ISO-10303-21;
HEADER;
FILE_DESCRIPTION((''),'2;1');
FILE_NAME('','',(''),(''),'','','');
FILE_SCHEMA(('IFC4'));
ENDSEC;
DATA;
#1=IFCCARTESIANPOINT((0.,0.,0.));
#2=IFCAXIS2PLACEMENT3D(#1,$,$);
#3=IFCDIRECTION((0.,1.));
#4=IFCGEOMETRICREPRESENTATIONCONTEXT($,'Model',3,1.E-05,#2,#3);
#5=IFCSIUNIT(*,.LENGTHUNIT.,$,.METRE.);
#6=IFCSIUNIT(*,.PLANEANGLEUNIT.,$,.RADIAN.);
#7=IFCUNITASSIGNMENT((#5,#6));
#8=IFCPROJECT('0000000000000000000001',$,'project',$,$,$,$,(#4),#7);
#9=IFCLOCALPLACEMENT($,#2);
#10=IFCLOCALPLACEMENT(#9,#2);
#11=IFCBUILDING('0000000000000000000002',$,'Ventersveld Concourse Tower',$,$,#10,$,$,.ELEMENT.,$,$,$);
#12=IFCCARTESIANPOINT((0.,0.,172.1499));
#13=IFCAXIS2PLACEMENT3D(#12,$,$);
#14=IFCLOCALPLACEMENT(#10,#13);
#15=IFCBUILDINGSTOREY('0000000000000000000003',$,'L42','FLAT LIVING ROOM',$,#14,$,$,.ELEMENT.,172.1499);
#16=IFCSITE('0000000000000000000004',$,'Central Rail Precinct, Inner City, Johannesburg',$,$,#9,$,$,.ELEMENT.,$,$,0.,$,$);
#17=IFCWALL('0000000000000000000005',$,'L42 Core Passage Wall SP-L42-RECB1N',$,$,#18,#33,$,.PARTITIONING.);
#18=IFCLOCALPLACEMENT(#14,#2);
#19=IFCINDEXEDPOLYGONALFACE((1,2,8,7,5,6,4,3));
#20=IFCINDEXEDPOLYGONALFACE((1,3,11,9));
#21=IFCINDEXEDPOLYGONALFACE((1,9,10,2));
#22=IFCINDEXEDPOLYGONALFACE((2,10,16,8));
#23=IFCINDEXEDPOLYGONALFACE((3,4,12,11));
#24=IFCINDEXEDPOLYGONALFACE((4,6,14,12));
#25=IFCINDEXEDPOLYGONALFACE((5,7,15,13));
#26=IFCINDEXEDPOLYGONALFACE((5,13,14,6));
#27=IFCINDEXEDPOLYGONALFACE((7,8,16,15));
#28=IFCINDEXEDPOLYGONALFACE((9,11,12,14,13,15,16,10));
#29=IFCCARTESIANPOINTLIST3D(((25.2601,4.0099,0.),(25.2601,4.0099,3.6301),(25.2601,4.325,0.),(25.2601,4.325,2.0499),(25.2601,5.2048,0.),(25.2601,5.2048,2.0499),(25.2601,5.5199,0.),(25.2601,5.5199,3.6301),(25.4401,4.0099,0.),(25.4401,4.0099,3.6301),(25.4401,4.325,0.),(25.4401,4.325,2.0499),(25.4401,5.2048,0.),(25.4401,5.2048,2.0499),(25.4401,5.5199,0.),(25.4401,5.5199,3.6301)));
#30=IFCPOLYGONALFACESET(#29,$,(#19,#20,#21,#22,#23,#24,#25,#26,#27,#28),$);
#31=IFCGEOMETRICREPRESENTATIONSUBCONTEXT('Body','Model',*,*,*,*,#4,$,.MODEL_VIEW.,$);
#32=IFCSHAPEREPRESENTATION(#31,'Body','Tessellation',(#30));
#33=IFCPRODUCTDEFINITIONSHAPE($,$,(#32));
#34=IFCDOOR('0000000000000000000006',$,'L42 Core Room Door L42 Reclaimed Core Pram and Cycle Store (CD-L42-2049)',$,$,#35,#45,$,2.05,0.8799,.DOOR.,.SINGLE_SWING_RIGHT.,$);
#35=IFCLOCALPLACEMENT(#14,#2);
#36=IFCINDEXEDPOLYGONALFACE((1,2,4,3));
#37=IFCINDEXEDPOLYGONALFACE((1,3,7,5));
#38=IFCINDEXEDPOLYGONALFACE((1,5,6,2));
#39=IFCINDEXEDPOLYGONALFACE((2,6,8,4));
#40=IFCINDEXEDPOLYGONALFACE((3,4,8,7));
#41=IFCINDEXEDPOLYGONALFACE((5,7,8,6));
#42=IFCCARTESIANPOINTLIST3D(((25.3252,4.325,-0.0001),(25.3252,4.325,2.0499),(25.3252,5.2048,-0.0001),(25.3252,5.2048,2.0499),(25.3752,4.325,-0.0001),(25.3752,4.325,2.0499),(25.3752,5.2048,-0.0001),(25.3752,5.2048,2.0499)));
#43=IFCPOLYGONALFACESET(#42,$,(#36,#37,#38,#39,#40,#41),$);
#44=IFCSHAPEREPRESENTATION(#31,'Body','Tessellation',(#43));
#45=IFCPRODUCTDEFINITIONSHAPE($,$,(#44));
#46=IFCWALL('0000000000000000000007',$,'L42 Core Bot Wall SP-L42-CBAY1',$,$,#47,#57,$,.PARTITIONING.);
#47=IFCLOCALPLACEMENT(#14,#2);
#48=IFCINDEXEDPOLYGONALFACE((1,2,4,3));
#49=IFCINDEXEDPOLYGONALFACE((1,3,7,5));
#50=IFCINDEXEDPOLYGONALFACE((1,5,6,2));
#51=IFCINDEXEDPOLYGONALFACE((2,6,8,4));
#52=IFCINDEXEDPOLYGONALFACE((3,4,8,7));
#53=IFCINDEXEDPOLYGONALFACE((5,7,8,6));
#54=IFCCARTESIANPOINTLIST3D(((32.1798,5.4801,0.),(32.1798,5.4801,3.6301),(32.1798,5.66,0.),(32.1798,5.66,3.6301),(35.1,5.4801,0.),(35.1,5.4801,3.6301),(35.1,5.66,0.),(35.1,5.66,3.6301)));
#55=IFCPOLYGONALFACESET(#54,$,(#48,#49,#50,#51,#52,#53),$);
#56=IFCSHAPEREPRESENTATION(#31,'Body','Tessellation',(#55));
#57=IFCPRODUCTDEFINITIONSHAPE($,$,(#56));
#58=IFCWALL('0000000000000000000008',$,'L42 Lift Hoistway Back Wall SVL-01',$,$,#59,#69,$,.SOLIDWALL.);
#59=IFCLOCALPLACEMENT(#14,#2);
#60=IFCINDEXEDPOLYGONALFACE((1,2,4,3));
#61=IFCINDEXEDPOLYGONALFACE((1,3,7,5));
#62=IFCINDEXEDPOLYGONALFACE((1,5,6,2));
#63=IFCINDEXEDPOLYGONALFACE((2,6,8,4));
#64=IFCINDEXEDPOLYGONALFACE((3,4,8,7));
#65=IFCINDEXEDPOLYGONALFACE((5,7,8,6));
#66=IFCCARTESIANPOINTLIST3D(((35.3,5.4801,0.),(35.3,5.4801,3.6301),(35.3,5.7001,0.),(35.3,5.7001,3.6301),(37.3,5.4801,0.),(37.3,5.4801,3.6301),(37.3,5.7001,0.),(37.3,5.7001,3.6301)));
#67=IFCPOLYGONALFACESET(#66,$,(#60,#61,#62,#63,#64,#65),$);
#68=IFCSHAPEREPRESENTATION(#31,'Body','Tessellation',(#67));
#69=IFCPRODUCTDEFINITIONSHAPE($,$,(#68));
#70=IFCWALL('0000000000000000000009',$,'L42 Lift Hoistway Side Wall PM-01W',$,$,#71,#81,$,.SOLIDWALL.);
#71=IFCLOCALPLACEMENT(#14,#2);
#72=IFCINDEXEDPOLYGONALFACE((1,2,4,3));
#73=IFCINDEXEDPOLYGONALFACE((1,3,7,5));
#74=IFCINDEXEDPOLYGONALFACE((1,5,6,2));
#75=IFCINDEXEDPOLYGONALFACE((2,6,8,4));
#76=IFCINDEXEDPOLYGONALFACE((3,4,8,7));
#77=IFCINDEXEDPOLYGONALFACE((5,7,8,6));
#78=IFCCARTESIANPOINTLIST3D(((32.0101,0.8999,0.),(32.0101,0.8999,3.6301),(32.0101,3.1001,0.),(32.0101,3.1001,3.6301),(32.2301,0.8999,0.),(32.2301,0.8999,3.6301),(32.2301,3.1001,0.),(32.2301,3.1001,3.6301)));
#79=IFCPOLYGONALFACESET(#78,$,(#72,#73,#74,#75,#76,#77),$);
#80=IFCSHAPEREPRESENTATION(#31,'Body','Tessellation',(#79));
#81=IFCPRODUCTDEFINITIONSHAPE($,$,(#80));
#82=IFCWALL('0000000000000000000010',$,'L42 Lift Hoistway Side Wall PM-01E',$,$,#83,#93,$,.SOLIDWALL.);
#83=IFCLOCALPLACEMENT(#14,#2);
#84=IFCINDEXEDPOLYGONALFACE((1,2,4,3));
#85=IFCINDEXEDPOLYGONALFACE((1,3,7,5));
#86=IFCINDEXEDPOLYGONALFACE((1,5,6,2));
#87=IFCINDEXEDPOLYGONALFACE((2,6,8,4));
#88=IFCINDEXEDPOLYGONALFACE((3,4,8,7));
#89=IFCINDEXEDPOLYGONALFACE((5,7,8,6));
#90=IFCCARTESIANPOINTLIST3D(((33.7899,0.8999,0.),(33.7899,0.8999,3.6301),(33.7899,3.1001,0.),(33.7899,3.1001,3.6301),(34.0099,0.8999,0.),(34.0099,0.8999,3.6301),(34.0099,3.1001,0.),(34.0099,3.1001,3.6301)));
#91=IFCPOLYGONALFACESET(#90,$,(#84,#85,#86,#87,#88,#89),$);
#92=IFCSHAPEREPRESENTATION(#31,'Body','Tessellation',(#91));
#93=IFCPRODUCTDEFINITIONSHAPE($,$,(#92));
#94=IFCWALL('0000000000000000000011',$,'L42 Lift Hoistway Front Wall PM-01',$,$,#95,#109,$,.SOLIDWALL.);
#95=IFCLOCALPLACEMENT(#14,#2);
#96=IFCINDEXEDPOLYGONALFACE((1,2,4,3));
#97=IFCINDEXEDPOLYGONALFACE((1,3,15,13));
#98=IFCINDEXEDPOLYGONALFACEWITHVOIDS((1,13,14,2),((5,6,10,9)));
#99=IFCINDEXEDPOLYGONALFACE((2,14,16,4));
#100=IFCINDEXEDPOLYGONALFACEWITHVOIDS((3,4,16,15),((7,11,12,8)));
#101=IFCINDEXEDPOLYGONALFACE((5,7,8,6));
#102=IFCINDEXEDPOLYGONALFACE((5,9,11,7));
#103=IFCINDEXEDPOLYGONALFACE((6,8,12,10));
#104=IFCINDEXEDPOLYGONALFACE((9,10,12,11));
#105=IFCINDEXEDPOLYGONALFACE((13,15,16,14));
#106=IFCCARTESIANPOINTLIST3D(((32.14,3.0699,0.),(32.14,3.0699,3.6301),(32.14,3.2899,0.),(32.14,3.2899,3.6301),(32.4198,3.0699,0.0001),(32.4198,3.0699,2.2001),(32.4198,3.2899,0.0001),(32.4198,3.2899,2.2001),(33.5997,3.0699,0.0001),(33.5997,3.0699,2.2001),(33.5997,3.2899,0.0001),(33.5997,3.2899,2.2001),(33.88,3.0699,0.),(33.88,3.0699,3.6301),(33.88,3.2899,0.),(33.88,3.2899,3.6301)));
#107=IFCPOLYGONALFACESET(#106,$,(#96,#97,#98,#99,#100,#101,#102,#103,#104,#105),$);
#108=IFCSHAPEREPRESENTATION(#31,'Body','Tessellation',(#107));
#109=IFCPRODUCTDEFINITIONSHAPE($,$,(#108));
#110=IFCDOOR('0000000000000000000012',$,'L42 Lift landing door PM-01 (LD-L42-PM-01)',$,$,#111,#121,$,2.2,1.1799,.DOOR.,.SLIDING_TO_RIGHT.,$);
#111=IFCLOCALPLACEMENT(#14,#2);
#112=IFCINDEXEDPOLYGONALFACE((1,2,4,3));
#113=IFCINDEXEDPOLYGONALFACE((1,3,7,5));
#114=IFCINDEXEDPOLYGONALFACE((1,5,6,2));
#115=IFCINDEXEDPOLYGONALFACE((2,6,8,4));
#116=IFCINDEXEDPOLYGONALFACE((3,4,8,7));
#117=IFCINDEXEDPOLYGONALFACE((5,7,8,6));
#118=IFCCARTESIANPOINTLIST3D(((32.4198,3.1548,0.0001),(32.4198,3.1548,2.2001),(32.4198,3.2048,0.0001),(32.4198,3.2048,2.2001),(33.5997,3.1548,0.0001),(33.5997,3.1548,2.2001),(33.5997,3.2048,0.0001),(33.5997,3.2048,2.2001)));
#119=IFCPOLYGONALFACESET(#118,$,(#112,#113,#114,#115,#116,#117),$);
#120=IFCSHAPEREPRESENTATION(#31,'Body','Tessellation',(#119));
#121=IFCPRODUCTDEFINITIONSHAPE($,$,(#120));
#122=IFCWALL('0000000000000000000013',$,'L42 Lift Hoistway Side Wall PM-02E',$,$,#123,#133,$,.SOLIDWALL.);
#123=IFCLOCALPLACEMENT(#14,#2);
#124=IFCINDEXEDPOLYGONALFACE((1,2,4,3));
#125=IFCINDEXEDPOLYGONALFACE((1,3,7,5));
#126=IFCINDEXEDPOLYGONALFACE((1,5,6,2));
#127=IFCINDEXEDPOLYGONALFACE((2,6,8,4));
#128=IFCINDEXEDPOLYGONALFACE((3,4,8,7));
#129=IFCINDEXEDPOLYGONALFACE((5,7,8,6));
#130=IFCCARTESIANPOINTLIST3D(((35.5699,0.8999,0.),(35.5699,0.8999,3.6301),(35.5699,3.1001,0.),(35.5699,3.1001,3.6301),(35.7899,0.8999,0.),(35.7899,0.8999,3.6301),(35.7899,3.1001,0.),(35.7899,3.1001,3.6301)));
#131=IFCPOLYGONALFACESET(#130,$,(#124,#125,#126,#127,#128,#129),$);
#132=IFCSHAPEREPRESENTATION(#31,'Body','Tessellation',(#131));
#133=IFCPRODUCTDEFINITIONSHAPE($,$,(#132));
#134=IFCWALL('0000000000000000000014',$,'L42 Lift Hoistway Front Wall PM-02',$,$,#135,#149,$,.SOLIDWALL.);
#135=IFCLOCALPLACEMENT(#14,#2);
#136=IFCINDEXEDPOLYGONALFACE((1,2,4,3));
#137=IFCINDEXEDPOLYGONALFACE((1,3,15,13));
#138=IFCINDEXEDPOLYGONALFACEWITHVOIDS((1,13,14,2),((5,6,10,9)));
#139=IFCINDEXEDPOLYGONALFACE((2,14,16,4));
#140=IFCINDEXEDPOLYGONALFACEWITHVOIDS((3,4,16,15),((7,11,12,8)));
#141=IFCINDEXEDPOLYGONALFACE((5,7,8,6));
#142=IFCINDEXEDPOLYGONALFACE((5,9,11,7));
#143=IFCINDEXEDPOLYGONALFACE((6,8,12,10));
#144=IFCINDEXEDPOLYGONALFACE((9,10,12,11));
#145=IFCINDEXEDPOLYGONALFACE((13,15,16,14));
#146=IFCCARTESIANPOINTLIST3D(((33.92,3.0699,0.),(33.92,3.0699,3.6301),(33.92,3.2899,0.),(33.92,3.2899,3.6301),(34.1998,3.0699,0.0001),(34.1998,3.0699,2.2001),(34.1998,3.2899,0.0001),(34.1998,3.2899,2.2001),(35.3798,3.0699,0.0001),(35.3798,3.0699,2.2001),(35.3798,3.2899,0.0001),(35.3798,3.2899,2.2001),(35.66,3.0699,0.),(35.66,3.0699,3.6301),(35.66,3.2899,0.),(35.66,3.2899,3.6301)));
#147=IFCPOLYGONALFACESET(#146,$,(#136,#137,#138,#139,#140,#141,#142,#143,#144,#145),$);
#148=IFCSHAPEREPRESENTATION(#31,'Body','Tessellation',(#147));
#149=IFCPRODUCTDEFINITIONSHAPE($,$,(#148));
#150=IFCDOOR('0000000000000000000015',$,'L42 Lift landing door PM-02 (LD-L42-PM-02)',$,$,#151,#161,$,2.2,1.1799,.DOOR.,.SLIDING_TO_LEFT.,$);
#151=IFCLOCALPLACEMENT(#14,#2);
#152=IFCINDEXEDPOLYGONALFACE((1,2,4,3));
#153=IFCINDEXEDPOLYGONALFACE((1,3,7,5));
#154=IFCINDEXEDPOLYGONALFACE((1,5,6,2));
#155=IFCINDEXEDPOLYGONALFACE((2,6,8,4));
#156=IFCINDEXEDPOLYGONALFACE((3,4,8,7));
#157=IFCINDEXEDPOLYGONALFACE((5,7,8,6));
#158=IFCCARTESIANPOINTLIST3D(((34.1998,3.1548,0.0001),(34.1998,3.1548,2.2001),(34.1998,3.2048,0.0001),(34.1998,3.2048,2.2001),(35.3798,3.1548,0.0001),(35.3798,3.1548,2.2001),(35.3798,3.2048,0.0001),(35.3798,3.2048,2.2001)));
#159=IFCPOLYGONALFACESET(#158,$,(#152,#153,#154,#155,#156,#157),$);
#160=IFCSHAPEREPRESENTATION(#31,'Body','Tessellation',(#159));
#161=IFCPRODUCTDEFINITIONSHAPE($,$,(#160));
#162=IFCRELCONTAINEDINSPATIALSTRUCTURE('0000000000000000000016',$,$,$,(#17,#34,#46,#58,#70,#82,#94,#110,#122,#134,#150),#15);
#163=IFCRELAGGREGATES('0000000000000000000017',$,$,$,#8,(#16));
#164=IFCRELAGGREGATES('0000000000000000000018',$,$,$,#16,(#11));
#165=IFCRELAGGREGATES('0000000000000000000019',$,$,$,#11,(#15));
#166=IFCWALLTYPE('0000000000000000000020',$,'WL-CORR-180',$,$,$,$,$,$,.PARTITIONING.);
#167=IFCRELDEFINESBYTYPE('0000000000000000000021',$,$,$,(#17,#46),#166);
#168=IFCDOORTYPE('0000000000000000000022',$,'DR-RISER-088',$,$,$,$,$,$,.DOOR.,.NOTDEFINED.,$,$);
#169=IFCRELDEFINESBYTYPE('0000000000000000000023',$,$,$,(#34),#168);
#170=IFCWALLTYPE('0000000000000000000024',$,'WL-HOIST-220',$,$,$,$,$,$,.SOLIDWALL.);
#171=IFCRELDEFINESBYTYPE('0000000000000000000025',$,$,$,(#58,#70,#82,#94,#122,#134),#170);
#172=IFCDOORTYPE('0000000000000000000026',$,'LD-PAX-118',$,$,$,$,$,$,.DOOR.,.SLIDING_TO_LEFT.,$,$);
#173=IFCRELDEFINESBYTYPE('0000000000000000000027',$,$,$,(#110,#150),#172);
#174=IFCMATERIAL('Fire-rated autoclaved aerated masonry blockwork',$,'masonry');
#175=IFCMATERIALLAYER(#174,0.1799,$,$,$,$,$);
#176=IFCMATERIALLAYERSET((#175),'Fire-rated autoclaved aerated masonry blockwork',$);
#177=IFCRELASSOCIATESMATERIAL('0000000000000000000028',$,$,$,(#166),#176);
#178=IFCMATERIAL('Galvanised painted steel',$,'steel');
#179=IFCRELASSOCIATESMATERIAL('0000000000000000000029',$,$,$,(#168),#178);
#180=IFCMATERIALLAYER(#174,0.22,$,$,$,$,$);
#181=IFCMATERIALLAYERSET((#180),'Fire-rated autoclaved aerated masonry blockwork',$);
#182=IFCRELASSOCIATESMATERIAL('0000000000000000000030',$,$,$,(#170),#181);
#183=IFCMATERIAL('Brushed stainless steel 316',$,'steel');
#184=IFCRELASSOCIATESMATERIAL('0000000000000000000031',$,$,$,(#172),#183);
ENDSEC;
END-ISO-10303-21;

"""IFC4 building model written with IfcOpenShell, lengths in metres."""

from ifc_helpers import new_model, si_unit, direction, frame, frame_2d, origin, place, context, subcontext, project, spatial, rectangle, extrude, material, layer, layer_set, type_object, element, fill, save


model = new_model("IFC4")

# Units and contexts
model_context = context("Model", 3, precision=1e-05, world=origin(), true_north=direction((0.0, 1.0)))
body_context = subcontext(model_context, "Body", "Model", "MODEL_VIEW")
ifc_project = project(units=[si_unit("LENGTHUNIT", "METRE"), si_unit("PLANEANGLEUNIT", "RADIAN")], contexts=[model_context])

# Site, building, storey
site_placement = place(None, origin())
site = spatial("IfcSite", under=ifc_project, at=site_placement, Name="Central Rail Precinct, Inner City, Johannesburg", CompositionType="ELEMENT", RefElevation=0.0)
building_placement = place(site_placement, origin())
building = spatial("IfcBuilding", under=site, at=building_placement, Name="Ventersveld Concourse Tower", CompositionType="ELEMENT")
storey_placement = place(building_placement, frame((0.0, 0.0, 172.1499)))
storey = spatial("IfcBuildingStorey", under=building, at=storey_placement, Name="L42", Description="FLAT LIVING ROOM", CompositionType="ELEMENT", Elevation=172.1499)

# Wall, opening, door
ifc_material_1 = material(Name="Fire-rated autoclaved aerated masonry blockwork", Category="masonry")
ifc_layer_1 = layer(ifc_material_1, 0.1799)
ifc_layer_set_1 = layer_set([ifc_layer_1], Name="Fire-rated autoclaved aerated masonry blockwork")
wall_type_1 = type_object("IfcWallType", Name="WL-CORR-180", PredefinedType="PARTITIONING", material=ifc_layer_set_1)
ifc_material_2 = material(Name="Galvanised painted steel", Category="steel")
door_type_1 = type_object("IfcDoorType", Name="DR-RISER-088", OperationType="NOTDEFINED", PredefinedType="DOOR", material=ifc_material_2)
wall_1_placement = place(storey_placement, frame((25.3501, 4.01, 0.0), z_axis=(0.0, 0.0, 1.0), x_axis=(0.0, 1.0, 0.0)))
wall_1 = element("IfcWall", 1, at=wall_1_placement, inside=storey, type_object=wall_type_1, Name="L42 Core Passage Wall SP-L42-RECB1N", PredefinedType="PARTITIONING", context=body_context, shape_type="SweptSolid", body=[
    extrude(rectangle(XDim=1.51, YDim=0.1799, at=frame_2d((0.7549, 0.0))), origin(), (0.0, 0.0, 1.0), 3.6301),
])
opening_1_placement = place(wall_1_placement, frame((0.3149, 0.0, 0.0)))
opening_1 = element("IfcOpeningElement", 2, at=opening_1_placement, cuts=wall_1, PredefinedType="OPENING", context=body_context, shape_type="SweptSolid", body=[
    extrude(rectangle(XDim=0.8799, YDim=2.05, at=frame_2d((0.4399, 1.0249))), frame((0.0, 0.1001, 0.0), z_axis=(0.0, -1.0, 0.0), x_axis=(1.0, 0.0, 0.0)), (0.0, 0.0, 1.0), 0.2),
])
door_1_placement = place(opening_1_placement, origin())
door_1 = element("IfcDoor", 3, at=door_1_placement, inside=storey, type_object=door_type_1, Name="L42 Core Room Door L42 Reclaimed Core Pram and Cycle Store (CD-L42-2049)", OperationType="SINGLE_SWING_RIGHT", OverallHeight=2.05, OverallWidth=0.8799, PredefinedType="DOOR", context=body_context, shape_type="SweptSolid", body=[
    extrude(rectangle(XDim=0.8799, YDim=2.05, at=frame_2d((0.4399, 1.0249))), frame((0.0, 0.0249, 0.0), z_axis=(0.0, -1.0, 0.0), x_axis=(1.0, 0.0, 0.0)), (0.0, 0.0, 1.0), 0.05),
])
fill(opening_1, door_1)

# Walls
wall_2_placement = place(storey_placement, frame((32.1799, 5.5701, 0.0), z_axis=(0.0, 0.0, 1.0), x_axis=(1.0, 0.0, 0.0)))
element("IfcWall", 4, at=wall_2_placement, inside=storey, type_object=wall_type_1, Name="L42 Core Bot Wall SP-L42-CBAY1", PredefinedType="PARTITIONING", context=body_context, shape_type="SweptSolid", body=[
    extrude(rectangle(XDim=2.9202, YDim=0.1799, at=frame_2d((1.46, 0.0))), origin(), (0.0, 0.0, 1.0), 3.6301),
])
ifc_layer_2 = layer(ifc_material_1, 0.22)
ifc_layer_set_2 = layer_set([ifc_layer_2], Name="Fire-rated autoclaved aerated masonry blockwork")
wall_type_2 = type_object("IfcWallType", Name="WL-HOIST-220", PredefinedType="SOLIDWALL", material=ifc_layer_set_2)
wall_3_placement = place(storey_placement, frame((35.3, 5.5901, 0.0), z_axis=(0.0, 0.0, 1.0), x_axis=(1.0, 0.0, 0.0)))
element("IfcWall", 5, at=wall_3_placement, inside=storey, type_object=wall_type_2, Name="L42 Lift Hoistway Back Wall SVL-01", PredefinedType="SOLIDWALL", context=body_context, shape_type="SweptSolid", body=[
    extrude(rectangle(XDim=2.0, YDim=0.22, at=frame_2d((1.0, 0.0))), origin(), (0.0, 0.0, 1.0), 3.6301),
])
for number, where, z_axis, x_axis, name in (
    (6, (32.1201, 0.8999, 0.0), (0.0, 0.0, 1.0), (0.0, 1.0, 0.0), "L42 Lift Hoistway Side Wall PM-01W"),
    (7, (33.8999, 0.8999, 0.0), (0.0, 0.0, 1.0), (0.0, 1.0, 0.0), "L42 Lift Hoistway Side Wall PM-01E"),
):
    element("IfcWall", number, at=place(storey_placement, frame(where, z_axis=z_axis, x_axis=x_axis)), inside=storey, type_object=wall_type_2, Name=name, PredefinedType="SOLIDWALL", context=body_context, shape_type="SweptSolid", body=[
        extrude(rectangle(XDim=2.2002, YDim=0.22, at=frame_2d((1.1001, 0.0))), origin(), (0.0, 0.0, 1.0), 3.6301),
    ])

# Wall, opening, door
wall_4_placement = place(storey_placement, frame((32.1399, 3.1799, 0.0), z_axis=(0.0, 0.0, 1.0), x_axis=(1.0, 0.0, 0.0)))
wall_4 = element("IfcWall", 8, at=wall_4_placement, inside=storey, type_object=wall_type_2, Name="L42 Lift Hoistway Front Wall PM-01", PredefinedType="SOLIDWALL", context=body_context, shape_type="SweptSolid", body=[
    extrude(rectangle(XDim=1.74, YDim=0.22, at=frame_2d((0.8701, 0.0))), origin(), (0.0, 0.0, 1.0), 3.6301),
])
opening_2_placement = place(wall_4_placement, frame((0.28, 0.0, 0.0)))
opening_2 = element("IfcOpeningElement", 9, at=opening_2_placement, cuts=wall_4, PredefinedType="OPENING", context=body_context, shape_type="SweptSolid", body=[
    extrude(rectangle(XDim=1.1799, YDim=2.2, at=frame_2d((0.5898, 1.1001))), frame((0.0, 0.1201, 0.0), z_axis=(0.0, -1.0, 0.0), x_axis=(1.0, 0.0, 0.0)), (0.0, 0.0, 1.0), 0.24),
])
ifc_material_3 = material(Name="Brushed stainless steel 316", Category="steel")
door_type_2 = type_object("IfcDoorType", Name="LD-PAX-118", OperationType="SLIDING_TO_LEFT", PredefinedType="DOOR", material=ifc_material_3)
door_2_placement = place(opening_2_placement, origin())
door_2 = element("IfcDoor", 10, at=door_2_placement, inside=storey, type_object=door_type_2, Name="L42 Lift landing door PM-01 (LD-L42-PM-01)", OperationType="SLIDING_TO_RIGHT", OverallHeight=2.2, OverallWidth=1.1799, PredefinedType="DOOR", context=body_context, shape_type="SweptSolid", body=[
    extrude(rectangle(XDim=1.1799, YDim=2.2, at=frame_2d((0.5898, 1.1001))), frame((0.0, 0.0249, 0.0), z_axis=(0.0, -1.0, 0.0), x_axis=(1.0, 0.0, 0.0)), (0.0, 0.0, 1.0), 0.05),
])
fill(opening_2, door_2)

# Wall
wall_5_placement = place(storey_placement, frame((35.6799, 0.8999, 0.0), z_axis=(0.0, 0.0, 1.0), x_axis=(0.0, 1.0, 0.0)))
element("IfcWall", 11, at=wall_5_placement, inside=storey, type_object=wall_type_2, Name="L42 Lift Hoistway Side Wall PM-02E", PredefinedType="SOLIDWALL", context=body_context, shape_type="SweptSolid", body=[
    extrude(rectangle(XDim=2.2002, YDim=0.22, at=frame_2d((1.1001, 0.0))), origin(), (0.0, 0.0, 1.0), 3.6301),
])

# Wall, opening, door
wall_6_placement = place(storey_placement, frame((33.9199, 3.1799, 0.0), z_axis=(0.0, 0.0, 1.0), x_axis=(1.0, 0.0, 0.0)))
wall_6 = element("IfcWall", 12, at=wall_6_placement, inside=storey, type_object=wall_type_2, Name="L42 Lift Hoistway Front Wall PM-02", PredefinedType="SOLIDWALL", context=body_context, shape_type="SweptSolid", body=[
    extrude(rectangle(XDim=1.74, YDim=0.22, at=frame_2d((0.8701, 0.0))), origin(), (0.0, 0.0, 1.0), 3.6301),
])
opening_3_placement = place(wall_6_placement, frame((0.28, 0.0, 0.0)))
opening_3 = element("IfcOpeningElement", 13, at=opening_3_placement, cuts=wall_6, PredefinedType="OPENING", context=body_context, shape_type="SweptSolid", body=[
    extrude(rectangle(XDim=1.1799, YDim=2.2, at=frame_2d((0.5898, 1.1001))), frame((0.0, 0.1201, 0.0), z_axis=(0.0, -1.0, 0.0), x_axis=(1.0, 0.0, 0.0)), (0.0, 0.0, 1.0), 0.24),
])
door_3_placement = place(opening_3_placement, origin())
door_3 = element("IfcDoor", 14, at=door_3_placement, inside=storey, type_object=door_type_2, Name="L42 Lift landing door PM-02 (LD-L42-PM-02)", OperationType="SLIDING_TO_LEFT", OverallHeight=2.2, OverallWidth=1.1799, PredefinedType="DOOR", context=body_context, shape_type="SweptSolid", body=[
    extrude(rectangle(XDim=1.1799, YDim=2.2, at=frame_2d((0.5898, 1.1001))), frame((0.0, 0.0249, 0.0), z_axis=(0.0, -1.0, 0.0), x_axis=(1.0, 0.0, 0.0)), (0.0, 0.0, 1.0), 0.05),
])
fill(opening_3, door_3)

save(model, "model.ifc")
